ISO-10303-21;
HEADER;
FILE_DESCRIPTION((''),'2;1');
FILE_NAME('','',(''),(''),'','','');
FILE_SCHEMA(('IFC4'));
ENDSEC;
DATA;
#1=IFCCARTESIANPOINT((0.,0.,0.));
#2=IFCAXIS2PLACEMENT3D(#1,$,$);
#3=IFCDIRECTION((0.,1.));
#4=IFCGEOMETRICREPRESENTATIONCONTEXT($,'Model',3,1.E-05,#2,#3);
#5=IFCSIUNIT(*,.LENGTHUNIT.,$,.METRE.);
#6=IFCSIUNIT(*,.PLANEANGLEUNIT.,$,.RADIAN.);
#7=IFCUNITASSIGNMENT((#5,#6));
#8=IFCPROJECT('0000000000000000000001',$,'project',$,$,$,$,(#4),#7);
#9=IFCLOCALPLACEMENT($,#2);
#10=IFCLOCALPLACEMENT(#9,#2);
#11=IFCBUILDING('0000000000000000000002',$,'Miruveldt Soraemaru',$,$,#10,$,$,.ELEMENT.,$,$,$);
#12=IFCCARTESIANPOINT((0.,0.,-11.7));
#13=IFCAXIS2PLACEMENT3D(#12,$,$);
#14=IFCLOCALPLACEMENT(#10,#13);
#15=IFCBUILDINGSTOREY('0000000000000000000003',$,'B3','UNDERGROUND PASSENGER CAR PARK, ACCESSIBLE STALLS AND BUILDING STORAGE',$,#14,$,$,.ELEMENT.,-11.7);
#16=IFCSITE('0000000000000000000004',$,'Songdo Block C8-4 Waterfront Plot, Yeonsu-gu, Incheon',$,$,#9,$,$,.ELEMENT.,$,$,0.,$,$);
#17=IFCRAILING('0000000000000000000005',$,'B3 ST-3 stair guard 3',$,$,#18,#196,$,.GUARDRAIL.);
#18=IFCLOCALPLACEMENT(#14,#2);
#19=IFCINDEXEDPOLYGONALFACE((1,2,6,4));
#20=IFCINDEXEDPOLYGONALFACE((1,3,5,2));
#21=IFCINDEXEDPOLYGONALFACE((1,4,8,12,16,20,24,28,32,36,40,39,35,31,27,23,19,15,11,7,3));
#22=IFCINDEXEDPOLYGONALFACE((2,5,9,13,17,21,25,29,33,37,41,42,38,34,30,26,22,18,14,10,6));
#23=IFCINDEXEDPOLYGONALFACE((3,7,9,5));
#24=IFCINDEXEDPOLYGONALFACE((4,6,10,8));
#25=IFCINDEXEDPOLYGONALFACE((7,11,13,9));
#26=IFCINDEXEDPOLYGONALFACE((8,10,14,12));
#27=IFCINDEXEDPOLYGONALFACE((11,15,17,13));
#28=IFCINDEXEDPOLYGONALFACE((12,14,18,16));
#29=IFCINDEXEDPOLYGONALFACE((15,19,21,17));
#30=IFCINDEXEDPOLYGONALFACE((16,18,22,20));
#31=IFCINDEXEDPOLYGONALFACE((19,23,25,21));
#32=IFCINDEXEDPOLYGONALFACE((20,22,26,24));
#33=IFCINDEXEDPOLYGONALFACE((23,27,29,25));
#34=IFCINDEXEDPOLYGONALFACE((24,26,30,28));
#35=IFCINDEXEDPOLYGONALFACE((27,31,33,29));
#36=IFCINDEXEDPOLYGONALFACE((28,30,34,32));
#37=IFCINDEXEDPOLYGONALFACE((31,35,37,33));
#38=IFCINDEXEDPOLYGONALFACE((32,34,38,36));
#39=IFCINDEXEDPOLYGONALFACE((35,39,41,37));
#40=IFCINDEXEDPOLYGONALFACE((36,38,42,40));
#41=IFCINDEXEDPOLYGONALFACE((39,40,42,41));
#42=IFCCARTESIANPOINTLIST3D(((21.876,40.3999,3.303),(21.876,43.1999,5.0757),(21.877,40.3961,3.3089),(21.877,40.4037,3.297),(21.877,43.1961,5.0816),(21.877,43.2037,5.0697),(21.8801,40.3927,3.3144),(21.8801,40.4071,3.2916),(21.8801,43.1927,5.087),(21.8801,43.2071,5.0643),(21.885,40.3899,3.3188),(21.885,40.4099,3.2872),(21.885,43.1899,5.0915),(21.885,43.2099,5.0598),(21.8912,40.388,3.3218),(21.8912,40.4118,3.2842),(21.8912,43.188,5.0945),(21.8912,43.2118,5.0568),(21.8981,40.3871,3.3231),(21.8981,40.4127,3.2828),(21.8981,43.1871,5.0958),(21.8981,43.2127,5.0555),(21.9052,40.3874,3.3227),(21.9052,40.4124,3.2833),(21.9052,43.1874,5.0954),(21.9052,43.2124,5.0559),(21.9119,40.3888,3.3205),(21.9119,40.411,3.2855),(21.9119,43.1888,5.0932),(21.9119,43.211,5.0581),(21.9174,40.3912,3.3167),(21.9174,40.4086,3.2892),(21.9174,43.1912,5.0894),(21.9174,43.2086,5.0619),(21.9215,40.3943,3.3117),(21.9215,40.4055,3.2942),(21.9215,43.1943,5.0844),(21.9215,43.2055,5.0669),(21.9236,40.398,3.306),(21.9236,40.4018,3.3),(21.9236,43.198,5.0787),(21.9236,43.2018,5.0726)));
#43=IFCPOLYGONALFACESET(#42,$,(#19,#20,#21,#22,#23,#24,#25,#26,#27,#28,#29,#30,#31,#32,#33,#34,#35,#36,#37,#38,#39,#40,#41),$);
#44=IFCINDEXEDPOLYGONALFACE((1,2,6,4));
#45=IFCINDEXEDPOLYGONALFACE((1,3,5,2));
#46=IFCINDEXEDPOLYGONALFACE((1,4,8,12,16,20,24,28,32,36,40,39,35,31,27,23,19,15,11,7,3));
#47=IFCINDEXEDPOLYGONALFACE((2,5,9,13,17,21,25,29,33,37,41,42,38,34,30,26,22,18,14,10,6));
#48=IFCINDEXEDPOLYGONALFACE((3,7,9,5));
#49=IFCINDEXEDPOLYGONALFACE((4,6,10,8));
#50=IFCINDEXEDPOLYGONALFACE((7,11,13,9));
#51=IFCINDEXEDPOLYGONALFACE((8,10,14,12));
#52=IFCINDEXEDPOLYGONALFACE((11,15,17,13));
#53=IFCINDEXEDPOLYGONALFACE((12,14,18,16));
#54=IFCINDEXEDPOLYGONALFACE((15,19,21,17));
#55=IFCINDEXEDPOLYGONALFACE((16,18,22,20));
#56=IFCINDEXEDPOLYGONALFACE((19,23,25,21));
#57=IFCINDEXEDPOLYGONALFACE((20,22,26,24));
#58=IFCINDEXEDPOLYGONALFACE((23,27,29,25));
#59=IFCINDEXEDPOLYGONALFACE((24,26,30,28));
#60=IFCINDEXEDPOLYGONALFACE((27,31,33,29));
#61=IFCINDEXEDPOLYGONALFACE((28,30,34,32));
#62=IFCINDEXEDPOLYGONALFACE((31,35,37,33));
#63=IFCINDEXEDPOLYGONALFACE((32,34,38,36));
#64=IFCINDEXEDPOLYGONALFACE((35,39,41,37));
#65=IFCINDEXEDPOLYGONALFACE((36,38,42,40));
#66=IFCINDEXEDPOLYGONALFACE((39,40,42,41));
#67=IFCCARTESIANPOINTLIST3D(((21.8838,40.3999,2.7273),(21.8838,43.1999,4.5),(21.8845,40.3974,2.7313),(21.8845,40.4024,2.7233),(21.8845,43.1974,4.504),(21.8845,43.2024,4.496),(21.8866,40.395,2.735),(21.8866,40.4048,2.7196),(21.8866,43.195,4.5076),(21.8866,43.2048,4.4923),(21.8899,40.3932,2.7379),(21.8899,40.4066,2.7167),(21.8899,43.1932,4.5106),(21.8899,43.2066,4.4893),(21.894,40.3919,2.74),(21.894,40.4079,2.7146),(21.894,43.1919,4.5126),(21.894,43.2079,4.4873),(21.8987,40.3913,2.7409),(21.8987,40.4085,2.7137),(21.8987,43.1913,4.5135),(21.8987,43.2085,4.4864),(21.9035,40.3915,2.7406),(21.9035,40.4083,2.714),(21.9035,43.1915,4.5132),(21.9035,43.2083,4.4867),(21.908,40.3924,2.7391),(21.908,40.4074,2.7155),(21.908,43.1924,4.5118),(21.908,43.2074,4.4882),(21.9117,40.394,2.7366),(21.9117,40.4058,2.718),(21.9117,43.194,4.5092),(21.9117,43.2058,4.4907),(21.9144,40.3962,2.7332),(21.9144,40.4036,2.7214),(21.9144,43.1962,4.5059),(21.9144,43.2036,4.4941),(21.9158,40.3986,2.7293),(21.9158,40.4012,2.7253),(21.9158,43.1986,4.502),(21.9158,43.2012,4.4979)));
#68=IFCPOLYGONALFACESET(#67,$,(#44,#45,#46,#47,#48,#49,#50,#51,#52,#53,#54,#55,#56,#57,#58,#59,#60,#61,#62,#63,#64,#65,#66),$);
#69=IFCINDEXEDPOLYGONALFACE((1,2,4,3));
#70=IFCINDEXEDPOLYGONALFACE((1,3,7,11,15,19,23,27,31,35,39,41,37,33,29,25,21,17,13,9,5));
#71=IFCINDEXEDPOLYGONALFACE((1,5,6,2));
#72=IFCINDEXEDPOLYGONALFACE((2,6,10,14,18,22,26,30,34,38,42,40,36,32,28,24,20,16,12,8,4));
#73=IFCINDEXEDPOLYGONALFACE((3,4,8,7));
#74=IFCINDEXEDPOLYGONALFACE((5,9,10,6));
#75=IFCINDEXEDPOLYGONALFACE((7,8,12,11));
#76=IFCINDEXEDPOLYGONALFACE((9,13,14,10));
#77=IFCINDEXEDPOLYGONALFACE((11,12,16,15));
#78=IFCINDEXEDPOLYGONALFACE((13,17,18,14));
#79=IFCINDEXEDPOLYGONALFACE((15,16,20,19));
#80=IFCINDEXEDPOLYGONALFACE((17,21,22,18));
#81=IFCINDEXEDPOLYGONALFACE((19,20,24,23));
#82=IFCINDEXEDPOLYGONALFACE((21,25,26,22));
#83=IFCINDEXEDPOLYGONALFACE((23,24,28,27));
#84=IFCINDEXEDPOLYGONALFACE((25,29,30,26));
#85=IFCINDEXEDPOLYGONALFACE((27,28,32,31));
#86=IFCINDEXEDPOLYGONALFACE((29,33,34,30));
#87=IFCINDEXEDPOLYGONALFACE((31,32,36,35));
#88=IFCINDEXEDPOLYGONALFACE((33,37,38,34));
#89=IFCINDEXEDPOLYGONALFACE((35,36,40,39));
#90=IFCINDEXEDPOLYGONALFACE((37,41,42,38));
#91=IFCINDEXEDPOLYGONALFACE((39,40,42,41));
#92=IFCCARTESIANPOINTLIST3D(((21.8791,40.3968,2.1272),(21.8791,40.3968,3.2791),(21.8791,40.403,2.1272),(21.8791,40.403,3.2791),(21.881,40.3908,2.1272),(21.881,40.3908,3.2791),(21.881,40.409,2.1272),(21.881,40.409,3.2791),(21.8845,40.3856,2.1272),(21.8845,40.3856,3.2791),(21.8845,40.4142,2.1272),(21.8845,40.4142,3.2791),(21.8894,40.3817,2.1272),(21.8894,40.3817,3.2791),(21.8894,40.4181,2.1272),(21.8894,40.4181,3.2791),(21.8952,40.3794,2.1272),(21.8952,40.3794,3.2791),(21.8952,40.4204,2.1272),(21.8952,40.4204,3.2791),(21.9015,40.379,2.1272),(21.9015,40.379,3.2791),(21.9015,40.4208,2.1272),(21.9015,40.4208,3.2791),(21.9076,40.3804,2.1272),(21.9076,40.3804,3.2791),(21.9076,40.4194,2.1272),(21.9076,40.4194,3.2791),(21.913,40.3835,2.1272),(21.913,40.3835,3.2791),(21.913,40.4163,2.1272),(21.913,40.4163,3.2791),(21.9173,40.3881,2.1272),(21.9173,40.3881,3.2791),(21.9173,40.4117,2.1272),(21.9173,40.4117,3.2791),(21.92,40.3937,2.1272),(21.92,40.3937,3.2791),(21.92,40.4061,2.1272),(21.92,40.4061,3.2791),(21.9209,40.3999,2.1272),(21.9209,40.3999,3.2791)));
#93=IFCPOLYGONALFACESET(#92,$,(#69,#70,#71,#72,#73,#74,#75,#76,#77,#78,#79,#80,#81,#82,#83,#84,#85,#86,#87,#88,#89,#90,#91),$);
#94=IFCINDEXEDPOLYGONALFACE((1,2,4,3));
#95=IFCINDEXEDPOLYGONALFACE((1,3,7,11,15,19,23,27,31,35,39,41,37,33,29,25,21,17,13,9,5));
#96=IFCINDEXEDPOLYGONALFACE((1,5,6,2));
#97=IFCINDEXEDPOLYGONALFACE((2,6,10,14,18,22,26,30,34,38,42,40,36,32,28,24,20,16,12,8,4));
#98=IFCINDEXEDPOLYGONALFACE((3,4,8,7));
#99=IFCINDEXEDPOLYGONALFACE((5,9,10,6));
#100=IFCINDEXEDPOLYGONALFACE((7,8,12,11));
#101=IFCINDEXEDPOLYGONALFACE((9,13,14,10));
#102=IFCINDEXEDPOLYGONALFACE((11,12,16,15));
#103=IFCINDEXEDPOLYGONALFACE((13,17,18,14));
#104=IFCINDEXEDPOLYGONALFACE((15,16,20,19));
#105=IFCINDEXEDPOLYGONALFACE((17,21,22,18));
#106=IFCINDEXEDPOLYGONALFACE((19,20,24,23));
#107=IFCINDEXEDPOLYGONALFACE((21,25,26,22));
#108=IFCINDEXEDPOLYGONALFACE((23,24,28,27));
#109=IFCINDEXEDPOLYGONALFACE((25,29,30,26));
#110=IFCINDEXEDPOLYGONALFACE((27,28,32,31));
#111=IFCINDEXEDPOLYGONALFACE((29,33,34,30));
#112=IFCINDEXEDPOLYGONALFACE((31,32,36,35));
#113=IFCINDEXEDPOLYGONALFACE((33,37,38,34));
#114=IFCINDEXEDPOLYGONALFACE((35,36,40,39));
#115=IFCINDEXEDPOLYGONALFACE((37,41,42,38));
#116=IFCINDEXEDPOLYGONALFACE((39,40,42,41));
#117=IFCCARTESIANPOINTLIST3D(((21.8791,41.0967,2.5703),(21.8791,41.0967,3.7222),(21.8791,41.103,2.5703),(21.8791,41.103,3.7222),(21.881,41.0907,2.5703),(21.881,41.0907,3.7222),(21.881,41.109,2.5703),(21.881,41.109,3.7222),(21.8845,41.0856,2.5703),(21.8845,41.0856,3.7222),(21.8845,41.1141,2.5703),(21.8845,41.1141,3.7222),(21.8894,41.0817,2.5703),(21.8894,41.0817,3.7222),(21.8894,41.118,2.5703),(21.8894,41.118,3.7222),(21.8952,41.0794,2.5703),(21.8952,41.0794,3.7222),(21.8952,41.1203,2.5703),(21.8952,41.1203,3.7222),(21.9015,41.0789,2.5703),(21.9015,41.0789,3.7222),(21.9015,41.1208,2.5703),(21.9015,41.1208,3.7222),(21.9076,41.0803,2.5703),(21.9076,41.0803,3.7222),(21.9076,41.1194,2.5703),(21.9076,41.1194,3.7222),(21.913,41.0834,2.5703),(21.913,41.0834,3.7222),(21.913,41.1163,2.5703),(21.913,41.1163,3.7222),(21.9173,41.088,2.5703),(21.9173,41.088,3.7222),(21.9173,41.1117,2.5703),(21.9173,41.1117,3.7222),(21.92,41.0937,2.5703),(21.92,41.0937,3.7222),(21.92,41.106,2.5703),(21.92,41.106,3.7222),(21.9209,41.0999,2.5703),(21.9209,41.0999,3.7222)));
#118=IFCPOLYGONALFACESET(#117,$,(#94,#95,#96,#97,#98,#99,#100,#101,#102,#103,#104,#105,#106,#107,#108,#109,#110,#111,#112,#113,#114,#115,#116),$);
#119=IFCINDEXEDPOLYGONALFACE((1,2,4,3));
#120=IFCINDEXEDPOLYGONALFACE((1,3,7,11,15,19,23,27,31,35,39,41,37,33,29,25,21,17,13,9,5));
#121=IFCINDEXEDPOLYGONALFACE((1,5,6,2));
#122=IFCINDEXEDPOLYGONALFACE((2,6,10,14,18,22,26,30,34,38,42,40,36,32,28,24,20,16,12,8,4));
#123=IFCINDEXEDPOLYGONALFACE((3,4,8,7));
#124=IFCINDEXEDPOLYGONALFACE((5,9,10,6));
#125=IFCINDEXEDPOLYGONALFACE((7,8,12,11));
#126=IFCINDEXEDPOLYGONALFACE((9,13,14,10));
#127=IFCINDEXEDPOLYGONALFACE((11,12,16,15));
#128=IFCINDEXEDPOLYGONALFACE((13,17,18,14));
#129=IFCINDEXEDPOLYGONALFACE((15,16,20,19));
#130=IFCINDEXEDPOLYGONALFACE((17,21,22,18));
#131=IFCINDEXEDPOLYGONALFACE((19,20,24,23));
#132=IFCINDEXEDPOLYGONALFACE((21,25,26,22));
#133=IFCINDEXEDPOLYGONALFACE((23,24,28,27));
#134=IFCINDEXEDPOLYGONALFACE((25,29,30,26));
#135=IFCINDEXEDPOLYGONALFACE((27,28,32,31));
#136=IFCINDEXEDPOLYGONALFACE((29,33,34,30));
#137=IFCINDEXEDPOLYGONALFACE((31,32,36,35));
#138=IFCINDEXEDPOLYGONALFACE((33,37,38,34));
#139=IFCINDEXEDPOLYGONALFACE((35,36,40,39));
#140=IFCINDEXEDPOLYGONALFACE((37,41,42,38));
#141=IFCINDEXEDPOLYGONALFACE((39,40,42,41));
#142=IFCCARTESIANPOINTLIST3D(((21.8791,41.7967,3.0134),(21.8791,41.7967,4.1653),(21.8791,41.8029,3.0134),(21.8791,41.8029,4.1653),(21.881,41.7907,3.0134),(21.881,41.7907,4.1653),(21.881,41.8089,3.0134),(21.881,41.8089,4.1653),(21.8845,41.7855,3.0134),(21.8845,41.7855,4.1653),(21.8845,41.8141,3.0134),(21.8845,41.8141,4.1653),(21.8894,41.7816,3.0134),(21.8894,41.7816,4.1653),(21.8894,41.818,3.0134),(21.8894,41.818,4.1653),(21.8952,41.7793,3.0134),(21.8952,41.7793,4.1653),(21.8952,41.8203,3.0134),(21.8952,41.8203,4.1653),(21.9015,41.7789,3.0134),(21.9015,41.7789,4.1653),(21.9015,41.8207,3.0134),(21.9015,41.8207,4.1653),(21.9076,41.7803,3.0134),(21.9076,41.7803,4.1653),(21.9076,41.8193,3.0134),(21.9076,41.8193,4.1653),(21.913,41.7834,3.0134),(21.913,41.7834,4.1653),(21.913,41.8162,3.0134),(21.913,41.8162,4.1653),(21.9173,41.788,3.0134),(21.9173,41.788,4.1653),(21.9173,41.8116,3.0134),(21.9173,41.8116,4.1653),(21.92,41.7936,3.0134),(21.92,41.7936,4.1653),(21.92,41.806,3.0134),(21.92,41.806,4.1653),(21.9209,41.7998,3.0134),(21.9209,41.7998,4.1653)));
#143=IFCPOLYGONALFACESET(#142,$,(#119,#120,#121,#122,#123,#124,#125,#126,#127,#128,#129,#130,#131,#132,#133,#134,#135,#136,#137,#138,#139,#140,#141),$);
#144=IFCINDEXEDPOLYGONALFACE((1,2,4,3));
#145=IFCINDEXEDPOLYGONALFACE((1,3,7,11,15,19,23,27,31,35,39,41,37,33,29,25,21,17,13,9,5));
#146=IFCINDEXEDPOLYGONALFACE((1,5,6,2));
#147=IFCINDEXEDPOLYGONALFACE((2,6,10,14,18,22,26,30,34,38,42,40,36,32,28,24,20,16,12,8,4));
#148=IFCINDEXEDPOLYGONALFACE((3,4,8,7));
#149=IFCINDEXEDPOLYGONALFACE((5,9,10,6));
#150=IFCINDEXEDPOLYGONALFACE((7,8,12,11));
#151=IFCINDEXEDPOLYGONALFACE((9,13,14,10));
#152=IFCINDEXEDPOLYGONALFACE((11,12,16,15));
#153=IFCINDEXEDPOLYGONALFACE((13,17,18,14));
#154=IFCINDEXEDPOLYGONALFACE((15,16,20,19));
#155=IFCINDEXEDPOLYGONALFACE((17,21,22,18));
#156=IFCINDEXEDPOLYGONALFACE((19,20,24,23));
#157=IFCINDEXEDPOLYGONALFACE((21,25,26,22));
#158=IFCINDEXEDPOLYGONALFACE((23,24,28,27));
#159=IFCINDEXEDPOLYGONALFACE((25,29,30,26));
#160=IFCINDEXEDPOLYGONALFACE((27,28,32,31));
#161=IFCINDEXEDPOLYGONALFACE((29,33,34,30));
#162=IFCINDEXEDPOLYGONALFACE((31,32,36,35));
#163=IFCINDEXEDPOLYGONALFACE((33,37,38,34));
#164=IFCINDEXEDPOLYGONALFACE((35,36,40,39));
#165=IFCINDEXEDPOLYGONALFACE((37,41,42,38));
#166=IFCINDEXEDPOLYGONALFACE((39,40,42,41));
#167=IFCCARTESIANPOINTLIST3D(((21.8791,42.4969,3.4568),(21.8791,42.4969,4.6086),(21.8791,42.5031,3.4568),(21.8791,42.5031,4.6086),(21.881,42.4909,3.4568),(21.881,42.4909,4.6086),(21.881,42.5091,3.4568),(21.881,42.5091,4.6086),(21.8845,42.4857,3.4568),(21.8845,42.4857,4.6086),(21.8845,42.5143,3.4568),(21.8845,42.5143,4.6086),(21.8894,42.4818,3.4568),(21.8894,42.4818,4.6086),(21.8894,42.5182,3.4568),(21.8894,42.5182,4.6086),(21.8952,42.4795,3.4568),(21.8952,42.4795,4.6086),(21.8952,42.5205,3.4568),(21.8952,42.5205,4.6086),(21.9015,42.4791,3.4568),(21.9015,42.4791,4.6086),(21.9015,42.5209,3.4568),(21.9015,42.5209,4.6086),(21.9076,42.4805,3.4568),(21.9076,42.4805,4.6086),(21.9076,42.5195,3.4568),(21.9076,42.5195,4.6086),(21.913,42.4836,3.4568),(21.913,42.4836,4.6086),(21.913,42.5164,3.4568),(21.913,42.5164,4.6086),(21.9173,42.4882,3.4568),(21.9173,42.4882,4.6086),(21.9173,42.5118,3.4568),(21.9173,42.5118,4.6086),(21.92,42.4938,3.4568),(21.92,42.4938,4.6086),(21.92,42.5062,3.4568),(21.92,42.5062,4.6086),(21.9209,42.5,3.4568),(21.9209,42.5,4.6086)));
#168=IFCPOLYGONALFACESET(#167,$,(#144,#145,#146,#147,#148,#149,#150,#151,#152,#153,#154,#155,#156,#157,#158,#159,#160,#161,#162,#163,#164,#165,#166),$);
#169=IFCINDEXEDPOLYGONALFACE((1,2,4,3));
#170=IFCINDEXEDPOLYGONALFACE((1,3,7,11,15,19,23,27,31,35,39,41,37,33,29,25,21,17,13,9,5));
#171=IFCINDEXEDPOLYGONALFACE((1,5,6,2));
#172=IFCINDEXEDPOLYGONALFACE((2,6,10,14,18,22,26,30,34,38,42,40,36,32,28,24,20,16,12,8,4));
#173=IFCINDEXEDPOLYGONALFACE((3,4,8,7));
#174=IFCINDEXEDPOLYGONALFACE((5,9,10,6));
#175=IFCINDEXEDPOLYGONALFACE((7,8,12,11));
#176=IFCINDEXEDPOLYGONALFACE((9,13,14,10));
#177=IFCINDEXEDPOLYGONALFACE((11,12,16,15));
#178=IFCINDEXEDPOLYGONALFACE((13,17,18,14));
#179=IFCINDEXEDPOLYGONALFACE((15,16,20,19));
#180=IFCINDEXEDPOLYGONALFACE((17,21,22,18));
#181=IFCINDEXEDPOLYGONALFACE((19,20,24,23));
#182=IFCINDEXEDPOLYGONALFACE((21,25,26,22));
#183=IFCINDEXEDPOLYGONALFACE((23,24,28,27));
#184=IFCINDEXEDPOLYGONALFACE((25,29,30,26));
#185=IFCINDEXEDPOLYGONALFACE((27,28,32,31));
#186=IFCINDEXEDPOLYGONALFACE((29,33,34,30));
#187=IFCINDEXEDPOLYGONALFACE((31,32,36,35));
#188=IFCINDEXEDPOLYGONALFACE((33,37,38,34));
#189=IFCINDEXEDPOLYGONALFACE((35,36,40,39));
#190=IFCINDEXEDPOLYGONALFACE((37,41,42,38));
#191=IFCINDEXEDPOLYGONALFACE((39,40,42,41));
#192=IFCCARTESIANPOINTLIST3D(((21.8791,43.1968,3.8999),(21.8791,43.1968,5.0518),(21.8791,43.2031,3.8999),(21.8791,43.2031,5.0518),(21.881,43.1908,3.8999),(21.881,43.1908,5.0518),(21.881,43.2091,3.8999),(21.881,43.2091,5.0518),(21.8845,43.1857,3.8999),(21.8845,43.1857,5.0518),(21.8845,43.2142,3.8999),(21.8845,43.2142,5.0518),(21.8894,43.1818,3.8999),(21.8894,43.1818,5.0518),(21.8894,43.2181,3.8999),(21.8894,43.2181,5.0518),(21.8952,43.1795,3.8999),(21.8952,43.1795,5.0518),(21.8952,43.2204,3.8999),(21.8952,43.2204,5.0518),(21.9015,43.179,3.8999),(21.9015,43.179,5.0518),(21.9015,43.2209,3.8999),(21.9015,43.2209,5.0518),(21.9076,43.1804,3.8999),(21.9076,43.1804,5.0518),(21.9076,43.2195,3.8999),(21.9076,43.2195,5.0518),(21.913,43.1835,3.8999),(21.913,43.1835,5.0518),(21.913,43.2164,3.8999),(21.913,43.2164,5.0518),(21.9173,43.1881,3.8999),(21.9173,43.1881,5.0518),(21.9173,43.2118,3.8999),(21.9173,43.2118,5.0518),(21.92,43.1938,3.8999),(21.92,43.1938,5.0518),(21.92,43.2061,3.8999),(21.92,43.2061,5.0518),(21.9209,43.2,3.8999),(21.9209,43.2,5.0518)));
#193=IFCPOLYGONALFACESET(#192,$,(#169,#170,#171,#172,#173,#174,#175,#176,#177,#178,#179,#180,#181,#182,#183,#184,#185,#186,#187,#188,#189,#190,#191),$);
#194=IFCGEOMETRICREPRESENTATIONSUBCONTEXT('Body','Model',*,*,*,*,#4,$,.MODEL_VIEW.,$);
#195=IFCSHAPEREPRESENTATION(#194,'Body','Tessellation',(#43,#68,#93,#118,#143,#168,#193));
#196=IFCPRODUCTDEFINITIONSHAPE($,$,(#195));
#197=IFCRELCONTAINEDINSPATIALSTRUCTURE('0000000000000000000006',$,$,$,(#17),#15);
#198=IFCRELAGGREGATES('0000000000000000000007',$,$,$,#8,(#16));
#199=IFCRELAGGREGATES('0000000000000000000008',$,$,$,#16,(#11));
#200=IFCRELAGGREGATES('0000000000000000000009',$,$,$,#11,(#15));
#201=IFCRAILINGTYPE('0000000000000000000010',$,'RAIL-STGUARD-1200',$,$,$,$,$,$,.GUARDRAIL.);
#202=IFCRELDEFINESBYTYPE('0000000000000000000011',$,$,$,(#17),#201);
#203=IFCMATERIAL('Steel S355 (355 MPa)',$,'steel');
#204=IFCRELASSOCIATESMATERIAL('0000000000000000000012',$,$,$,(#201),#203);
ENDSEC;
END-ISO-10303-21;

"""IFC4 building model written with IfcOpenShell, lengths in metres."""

from ifc_helpers import new_model, si_unit, direction, frame, origin, origin_2d, place, context, subcontext, project, spatial, circle, extrude, material, type_object, element, save


model = new_model("IFC4")

# Units and contexts
model_context = context("Model", 3, precision=1e-05, world=origin(), true_north=direction((0.0, 1.0)))
body_context = subcontext(model_context, "Body", "Model", "MODEL_VIEW")
ifc_project = project(units=[si_unit("LENGTHUNIT", "METRE"), si_unit("PLANEANGLEUNIT", "RADIAN")], contexts=[model_context])

# Site, building, storey
site_placement = place(None, origin())
site = spatial("IfcSite", under=ifc_project, at=site_placement, Name="Songdo Block C8-4 Waterfront Plot, Yeonsu-gu, Incheon", CompositionType="ELEMENT", RefElevation=0.0)
building_placement = place(site_placement, origin())
building = spatial("IfcBuilding", under=site, at=building_placement, Name="Miruveldt Soraemaru", CompositionType="ELEMENT")
storey_placement = place(building_placement, frame((0.0, 0.0, -11.7)))
storey = spatial("IfcBuildingStorey", under=building, at=storey_placement, Name="B3", Description="UNDERGROUND PASSENGER CAR PARK, ACCESSIBLE STALLS AND BUILDING STORAGE", CompositionType="ELEMENT", Elevation=-11.7)

# Shared definitions
ifc_material_1 = material(Name="Steel S355 (355 MPa)", Category="steel")

# Railing
railing_type = type_object("IfcRailingType", Name="RAIL-STGUARD-1200", PredefinedType="GUARDRAIL", material=ifc_material_1)
railing_1_placement = place(storey_placement, frame((21.8999, 40.3999, 2.1272)))
element("IfcRailing", 1, at=railing_1_placement, inside=storey, type_object=railing_type, Name="B3 ST-3 stair guard 3", PredefinedType="GUARDRAIL", context=body_context, shape_type="SweptSolid", body=[
    extrude(circle(Radius=0.0239, at=origin_2d()), frame((0.0, 0.0, 1.1758), z_axis=(0.0, 0.844909, 0.53491), x_axis=(-1.0, 0.0, 0.0)), (0.0, 0.0, 1.0), 3.314),
    extrude(circle(Radius=0.0161, at=origin_2d()), frame((0.0, 0.0, 0.6001), z_axis=(0.0, 0.844909, 0.53491), x_axis=(-1.0, 0.0, 0.0)), (0.0, 0.0, 1.0), 3.314),
    extrude(circle(Radius=0.021, at=origin_2d()), origin(), (0.0, 0.0, 1.0), 1.1519),
    extrude(circle(Radius=0.021, at=origin_2d()), frame((0.0, 0.7, 0.4431)), (0.0, 0.0, 1.0), 1.1519),
    extrude(circle(Radius=0.021, at=origin_2d()), frame((0.0, 1.3999, 0.8862)), (0.0, 0.0, 1.0), 1.1519),
    extrude(circle(Radius=0.021, at=origin_2d()), frame((0.0, 2.1001, 1.3296)), (0.0, 0.0, 1.0), 1.1519),
    extrude(circle(Radius=0.021, at=origin_2d()), frame((0.0, 2.8, 1.7727)), (0.0, 0.0, 1.0), 1.1519),
])

save(model, "model.ifc")
